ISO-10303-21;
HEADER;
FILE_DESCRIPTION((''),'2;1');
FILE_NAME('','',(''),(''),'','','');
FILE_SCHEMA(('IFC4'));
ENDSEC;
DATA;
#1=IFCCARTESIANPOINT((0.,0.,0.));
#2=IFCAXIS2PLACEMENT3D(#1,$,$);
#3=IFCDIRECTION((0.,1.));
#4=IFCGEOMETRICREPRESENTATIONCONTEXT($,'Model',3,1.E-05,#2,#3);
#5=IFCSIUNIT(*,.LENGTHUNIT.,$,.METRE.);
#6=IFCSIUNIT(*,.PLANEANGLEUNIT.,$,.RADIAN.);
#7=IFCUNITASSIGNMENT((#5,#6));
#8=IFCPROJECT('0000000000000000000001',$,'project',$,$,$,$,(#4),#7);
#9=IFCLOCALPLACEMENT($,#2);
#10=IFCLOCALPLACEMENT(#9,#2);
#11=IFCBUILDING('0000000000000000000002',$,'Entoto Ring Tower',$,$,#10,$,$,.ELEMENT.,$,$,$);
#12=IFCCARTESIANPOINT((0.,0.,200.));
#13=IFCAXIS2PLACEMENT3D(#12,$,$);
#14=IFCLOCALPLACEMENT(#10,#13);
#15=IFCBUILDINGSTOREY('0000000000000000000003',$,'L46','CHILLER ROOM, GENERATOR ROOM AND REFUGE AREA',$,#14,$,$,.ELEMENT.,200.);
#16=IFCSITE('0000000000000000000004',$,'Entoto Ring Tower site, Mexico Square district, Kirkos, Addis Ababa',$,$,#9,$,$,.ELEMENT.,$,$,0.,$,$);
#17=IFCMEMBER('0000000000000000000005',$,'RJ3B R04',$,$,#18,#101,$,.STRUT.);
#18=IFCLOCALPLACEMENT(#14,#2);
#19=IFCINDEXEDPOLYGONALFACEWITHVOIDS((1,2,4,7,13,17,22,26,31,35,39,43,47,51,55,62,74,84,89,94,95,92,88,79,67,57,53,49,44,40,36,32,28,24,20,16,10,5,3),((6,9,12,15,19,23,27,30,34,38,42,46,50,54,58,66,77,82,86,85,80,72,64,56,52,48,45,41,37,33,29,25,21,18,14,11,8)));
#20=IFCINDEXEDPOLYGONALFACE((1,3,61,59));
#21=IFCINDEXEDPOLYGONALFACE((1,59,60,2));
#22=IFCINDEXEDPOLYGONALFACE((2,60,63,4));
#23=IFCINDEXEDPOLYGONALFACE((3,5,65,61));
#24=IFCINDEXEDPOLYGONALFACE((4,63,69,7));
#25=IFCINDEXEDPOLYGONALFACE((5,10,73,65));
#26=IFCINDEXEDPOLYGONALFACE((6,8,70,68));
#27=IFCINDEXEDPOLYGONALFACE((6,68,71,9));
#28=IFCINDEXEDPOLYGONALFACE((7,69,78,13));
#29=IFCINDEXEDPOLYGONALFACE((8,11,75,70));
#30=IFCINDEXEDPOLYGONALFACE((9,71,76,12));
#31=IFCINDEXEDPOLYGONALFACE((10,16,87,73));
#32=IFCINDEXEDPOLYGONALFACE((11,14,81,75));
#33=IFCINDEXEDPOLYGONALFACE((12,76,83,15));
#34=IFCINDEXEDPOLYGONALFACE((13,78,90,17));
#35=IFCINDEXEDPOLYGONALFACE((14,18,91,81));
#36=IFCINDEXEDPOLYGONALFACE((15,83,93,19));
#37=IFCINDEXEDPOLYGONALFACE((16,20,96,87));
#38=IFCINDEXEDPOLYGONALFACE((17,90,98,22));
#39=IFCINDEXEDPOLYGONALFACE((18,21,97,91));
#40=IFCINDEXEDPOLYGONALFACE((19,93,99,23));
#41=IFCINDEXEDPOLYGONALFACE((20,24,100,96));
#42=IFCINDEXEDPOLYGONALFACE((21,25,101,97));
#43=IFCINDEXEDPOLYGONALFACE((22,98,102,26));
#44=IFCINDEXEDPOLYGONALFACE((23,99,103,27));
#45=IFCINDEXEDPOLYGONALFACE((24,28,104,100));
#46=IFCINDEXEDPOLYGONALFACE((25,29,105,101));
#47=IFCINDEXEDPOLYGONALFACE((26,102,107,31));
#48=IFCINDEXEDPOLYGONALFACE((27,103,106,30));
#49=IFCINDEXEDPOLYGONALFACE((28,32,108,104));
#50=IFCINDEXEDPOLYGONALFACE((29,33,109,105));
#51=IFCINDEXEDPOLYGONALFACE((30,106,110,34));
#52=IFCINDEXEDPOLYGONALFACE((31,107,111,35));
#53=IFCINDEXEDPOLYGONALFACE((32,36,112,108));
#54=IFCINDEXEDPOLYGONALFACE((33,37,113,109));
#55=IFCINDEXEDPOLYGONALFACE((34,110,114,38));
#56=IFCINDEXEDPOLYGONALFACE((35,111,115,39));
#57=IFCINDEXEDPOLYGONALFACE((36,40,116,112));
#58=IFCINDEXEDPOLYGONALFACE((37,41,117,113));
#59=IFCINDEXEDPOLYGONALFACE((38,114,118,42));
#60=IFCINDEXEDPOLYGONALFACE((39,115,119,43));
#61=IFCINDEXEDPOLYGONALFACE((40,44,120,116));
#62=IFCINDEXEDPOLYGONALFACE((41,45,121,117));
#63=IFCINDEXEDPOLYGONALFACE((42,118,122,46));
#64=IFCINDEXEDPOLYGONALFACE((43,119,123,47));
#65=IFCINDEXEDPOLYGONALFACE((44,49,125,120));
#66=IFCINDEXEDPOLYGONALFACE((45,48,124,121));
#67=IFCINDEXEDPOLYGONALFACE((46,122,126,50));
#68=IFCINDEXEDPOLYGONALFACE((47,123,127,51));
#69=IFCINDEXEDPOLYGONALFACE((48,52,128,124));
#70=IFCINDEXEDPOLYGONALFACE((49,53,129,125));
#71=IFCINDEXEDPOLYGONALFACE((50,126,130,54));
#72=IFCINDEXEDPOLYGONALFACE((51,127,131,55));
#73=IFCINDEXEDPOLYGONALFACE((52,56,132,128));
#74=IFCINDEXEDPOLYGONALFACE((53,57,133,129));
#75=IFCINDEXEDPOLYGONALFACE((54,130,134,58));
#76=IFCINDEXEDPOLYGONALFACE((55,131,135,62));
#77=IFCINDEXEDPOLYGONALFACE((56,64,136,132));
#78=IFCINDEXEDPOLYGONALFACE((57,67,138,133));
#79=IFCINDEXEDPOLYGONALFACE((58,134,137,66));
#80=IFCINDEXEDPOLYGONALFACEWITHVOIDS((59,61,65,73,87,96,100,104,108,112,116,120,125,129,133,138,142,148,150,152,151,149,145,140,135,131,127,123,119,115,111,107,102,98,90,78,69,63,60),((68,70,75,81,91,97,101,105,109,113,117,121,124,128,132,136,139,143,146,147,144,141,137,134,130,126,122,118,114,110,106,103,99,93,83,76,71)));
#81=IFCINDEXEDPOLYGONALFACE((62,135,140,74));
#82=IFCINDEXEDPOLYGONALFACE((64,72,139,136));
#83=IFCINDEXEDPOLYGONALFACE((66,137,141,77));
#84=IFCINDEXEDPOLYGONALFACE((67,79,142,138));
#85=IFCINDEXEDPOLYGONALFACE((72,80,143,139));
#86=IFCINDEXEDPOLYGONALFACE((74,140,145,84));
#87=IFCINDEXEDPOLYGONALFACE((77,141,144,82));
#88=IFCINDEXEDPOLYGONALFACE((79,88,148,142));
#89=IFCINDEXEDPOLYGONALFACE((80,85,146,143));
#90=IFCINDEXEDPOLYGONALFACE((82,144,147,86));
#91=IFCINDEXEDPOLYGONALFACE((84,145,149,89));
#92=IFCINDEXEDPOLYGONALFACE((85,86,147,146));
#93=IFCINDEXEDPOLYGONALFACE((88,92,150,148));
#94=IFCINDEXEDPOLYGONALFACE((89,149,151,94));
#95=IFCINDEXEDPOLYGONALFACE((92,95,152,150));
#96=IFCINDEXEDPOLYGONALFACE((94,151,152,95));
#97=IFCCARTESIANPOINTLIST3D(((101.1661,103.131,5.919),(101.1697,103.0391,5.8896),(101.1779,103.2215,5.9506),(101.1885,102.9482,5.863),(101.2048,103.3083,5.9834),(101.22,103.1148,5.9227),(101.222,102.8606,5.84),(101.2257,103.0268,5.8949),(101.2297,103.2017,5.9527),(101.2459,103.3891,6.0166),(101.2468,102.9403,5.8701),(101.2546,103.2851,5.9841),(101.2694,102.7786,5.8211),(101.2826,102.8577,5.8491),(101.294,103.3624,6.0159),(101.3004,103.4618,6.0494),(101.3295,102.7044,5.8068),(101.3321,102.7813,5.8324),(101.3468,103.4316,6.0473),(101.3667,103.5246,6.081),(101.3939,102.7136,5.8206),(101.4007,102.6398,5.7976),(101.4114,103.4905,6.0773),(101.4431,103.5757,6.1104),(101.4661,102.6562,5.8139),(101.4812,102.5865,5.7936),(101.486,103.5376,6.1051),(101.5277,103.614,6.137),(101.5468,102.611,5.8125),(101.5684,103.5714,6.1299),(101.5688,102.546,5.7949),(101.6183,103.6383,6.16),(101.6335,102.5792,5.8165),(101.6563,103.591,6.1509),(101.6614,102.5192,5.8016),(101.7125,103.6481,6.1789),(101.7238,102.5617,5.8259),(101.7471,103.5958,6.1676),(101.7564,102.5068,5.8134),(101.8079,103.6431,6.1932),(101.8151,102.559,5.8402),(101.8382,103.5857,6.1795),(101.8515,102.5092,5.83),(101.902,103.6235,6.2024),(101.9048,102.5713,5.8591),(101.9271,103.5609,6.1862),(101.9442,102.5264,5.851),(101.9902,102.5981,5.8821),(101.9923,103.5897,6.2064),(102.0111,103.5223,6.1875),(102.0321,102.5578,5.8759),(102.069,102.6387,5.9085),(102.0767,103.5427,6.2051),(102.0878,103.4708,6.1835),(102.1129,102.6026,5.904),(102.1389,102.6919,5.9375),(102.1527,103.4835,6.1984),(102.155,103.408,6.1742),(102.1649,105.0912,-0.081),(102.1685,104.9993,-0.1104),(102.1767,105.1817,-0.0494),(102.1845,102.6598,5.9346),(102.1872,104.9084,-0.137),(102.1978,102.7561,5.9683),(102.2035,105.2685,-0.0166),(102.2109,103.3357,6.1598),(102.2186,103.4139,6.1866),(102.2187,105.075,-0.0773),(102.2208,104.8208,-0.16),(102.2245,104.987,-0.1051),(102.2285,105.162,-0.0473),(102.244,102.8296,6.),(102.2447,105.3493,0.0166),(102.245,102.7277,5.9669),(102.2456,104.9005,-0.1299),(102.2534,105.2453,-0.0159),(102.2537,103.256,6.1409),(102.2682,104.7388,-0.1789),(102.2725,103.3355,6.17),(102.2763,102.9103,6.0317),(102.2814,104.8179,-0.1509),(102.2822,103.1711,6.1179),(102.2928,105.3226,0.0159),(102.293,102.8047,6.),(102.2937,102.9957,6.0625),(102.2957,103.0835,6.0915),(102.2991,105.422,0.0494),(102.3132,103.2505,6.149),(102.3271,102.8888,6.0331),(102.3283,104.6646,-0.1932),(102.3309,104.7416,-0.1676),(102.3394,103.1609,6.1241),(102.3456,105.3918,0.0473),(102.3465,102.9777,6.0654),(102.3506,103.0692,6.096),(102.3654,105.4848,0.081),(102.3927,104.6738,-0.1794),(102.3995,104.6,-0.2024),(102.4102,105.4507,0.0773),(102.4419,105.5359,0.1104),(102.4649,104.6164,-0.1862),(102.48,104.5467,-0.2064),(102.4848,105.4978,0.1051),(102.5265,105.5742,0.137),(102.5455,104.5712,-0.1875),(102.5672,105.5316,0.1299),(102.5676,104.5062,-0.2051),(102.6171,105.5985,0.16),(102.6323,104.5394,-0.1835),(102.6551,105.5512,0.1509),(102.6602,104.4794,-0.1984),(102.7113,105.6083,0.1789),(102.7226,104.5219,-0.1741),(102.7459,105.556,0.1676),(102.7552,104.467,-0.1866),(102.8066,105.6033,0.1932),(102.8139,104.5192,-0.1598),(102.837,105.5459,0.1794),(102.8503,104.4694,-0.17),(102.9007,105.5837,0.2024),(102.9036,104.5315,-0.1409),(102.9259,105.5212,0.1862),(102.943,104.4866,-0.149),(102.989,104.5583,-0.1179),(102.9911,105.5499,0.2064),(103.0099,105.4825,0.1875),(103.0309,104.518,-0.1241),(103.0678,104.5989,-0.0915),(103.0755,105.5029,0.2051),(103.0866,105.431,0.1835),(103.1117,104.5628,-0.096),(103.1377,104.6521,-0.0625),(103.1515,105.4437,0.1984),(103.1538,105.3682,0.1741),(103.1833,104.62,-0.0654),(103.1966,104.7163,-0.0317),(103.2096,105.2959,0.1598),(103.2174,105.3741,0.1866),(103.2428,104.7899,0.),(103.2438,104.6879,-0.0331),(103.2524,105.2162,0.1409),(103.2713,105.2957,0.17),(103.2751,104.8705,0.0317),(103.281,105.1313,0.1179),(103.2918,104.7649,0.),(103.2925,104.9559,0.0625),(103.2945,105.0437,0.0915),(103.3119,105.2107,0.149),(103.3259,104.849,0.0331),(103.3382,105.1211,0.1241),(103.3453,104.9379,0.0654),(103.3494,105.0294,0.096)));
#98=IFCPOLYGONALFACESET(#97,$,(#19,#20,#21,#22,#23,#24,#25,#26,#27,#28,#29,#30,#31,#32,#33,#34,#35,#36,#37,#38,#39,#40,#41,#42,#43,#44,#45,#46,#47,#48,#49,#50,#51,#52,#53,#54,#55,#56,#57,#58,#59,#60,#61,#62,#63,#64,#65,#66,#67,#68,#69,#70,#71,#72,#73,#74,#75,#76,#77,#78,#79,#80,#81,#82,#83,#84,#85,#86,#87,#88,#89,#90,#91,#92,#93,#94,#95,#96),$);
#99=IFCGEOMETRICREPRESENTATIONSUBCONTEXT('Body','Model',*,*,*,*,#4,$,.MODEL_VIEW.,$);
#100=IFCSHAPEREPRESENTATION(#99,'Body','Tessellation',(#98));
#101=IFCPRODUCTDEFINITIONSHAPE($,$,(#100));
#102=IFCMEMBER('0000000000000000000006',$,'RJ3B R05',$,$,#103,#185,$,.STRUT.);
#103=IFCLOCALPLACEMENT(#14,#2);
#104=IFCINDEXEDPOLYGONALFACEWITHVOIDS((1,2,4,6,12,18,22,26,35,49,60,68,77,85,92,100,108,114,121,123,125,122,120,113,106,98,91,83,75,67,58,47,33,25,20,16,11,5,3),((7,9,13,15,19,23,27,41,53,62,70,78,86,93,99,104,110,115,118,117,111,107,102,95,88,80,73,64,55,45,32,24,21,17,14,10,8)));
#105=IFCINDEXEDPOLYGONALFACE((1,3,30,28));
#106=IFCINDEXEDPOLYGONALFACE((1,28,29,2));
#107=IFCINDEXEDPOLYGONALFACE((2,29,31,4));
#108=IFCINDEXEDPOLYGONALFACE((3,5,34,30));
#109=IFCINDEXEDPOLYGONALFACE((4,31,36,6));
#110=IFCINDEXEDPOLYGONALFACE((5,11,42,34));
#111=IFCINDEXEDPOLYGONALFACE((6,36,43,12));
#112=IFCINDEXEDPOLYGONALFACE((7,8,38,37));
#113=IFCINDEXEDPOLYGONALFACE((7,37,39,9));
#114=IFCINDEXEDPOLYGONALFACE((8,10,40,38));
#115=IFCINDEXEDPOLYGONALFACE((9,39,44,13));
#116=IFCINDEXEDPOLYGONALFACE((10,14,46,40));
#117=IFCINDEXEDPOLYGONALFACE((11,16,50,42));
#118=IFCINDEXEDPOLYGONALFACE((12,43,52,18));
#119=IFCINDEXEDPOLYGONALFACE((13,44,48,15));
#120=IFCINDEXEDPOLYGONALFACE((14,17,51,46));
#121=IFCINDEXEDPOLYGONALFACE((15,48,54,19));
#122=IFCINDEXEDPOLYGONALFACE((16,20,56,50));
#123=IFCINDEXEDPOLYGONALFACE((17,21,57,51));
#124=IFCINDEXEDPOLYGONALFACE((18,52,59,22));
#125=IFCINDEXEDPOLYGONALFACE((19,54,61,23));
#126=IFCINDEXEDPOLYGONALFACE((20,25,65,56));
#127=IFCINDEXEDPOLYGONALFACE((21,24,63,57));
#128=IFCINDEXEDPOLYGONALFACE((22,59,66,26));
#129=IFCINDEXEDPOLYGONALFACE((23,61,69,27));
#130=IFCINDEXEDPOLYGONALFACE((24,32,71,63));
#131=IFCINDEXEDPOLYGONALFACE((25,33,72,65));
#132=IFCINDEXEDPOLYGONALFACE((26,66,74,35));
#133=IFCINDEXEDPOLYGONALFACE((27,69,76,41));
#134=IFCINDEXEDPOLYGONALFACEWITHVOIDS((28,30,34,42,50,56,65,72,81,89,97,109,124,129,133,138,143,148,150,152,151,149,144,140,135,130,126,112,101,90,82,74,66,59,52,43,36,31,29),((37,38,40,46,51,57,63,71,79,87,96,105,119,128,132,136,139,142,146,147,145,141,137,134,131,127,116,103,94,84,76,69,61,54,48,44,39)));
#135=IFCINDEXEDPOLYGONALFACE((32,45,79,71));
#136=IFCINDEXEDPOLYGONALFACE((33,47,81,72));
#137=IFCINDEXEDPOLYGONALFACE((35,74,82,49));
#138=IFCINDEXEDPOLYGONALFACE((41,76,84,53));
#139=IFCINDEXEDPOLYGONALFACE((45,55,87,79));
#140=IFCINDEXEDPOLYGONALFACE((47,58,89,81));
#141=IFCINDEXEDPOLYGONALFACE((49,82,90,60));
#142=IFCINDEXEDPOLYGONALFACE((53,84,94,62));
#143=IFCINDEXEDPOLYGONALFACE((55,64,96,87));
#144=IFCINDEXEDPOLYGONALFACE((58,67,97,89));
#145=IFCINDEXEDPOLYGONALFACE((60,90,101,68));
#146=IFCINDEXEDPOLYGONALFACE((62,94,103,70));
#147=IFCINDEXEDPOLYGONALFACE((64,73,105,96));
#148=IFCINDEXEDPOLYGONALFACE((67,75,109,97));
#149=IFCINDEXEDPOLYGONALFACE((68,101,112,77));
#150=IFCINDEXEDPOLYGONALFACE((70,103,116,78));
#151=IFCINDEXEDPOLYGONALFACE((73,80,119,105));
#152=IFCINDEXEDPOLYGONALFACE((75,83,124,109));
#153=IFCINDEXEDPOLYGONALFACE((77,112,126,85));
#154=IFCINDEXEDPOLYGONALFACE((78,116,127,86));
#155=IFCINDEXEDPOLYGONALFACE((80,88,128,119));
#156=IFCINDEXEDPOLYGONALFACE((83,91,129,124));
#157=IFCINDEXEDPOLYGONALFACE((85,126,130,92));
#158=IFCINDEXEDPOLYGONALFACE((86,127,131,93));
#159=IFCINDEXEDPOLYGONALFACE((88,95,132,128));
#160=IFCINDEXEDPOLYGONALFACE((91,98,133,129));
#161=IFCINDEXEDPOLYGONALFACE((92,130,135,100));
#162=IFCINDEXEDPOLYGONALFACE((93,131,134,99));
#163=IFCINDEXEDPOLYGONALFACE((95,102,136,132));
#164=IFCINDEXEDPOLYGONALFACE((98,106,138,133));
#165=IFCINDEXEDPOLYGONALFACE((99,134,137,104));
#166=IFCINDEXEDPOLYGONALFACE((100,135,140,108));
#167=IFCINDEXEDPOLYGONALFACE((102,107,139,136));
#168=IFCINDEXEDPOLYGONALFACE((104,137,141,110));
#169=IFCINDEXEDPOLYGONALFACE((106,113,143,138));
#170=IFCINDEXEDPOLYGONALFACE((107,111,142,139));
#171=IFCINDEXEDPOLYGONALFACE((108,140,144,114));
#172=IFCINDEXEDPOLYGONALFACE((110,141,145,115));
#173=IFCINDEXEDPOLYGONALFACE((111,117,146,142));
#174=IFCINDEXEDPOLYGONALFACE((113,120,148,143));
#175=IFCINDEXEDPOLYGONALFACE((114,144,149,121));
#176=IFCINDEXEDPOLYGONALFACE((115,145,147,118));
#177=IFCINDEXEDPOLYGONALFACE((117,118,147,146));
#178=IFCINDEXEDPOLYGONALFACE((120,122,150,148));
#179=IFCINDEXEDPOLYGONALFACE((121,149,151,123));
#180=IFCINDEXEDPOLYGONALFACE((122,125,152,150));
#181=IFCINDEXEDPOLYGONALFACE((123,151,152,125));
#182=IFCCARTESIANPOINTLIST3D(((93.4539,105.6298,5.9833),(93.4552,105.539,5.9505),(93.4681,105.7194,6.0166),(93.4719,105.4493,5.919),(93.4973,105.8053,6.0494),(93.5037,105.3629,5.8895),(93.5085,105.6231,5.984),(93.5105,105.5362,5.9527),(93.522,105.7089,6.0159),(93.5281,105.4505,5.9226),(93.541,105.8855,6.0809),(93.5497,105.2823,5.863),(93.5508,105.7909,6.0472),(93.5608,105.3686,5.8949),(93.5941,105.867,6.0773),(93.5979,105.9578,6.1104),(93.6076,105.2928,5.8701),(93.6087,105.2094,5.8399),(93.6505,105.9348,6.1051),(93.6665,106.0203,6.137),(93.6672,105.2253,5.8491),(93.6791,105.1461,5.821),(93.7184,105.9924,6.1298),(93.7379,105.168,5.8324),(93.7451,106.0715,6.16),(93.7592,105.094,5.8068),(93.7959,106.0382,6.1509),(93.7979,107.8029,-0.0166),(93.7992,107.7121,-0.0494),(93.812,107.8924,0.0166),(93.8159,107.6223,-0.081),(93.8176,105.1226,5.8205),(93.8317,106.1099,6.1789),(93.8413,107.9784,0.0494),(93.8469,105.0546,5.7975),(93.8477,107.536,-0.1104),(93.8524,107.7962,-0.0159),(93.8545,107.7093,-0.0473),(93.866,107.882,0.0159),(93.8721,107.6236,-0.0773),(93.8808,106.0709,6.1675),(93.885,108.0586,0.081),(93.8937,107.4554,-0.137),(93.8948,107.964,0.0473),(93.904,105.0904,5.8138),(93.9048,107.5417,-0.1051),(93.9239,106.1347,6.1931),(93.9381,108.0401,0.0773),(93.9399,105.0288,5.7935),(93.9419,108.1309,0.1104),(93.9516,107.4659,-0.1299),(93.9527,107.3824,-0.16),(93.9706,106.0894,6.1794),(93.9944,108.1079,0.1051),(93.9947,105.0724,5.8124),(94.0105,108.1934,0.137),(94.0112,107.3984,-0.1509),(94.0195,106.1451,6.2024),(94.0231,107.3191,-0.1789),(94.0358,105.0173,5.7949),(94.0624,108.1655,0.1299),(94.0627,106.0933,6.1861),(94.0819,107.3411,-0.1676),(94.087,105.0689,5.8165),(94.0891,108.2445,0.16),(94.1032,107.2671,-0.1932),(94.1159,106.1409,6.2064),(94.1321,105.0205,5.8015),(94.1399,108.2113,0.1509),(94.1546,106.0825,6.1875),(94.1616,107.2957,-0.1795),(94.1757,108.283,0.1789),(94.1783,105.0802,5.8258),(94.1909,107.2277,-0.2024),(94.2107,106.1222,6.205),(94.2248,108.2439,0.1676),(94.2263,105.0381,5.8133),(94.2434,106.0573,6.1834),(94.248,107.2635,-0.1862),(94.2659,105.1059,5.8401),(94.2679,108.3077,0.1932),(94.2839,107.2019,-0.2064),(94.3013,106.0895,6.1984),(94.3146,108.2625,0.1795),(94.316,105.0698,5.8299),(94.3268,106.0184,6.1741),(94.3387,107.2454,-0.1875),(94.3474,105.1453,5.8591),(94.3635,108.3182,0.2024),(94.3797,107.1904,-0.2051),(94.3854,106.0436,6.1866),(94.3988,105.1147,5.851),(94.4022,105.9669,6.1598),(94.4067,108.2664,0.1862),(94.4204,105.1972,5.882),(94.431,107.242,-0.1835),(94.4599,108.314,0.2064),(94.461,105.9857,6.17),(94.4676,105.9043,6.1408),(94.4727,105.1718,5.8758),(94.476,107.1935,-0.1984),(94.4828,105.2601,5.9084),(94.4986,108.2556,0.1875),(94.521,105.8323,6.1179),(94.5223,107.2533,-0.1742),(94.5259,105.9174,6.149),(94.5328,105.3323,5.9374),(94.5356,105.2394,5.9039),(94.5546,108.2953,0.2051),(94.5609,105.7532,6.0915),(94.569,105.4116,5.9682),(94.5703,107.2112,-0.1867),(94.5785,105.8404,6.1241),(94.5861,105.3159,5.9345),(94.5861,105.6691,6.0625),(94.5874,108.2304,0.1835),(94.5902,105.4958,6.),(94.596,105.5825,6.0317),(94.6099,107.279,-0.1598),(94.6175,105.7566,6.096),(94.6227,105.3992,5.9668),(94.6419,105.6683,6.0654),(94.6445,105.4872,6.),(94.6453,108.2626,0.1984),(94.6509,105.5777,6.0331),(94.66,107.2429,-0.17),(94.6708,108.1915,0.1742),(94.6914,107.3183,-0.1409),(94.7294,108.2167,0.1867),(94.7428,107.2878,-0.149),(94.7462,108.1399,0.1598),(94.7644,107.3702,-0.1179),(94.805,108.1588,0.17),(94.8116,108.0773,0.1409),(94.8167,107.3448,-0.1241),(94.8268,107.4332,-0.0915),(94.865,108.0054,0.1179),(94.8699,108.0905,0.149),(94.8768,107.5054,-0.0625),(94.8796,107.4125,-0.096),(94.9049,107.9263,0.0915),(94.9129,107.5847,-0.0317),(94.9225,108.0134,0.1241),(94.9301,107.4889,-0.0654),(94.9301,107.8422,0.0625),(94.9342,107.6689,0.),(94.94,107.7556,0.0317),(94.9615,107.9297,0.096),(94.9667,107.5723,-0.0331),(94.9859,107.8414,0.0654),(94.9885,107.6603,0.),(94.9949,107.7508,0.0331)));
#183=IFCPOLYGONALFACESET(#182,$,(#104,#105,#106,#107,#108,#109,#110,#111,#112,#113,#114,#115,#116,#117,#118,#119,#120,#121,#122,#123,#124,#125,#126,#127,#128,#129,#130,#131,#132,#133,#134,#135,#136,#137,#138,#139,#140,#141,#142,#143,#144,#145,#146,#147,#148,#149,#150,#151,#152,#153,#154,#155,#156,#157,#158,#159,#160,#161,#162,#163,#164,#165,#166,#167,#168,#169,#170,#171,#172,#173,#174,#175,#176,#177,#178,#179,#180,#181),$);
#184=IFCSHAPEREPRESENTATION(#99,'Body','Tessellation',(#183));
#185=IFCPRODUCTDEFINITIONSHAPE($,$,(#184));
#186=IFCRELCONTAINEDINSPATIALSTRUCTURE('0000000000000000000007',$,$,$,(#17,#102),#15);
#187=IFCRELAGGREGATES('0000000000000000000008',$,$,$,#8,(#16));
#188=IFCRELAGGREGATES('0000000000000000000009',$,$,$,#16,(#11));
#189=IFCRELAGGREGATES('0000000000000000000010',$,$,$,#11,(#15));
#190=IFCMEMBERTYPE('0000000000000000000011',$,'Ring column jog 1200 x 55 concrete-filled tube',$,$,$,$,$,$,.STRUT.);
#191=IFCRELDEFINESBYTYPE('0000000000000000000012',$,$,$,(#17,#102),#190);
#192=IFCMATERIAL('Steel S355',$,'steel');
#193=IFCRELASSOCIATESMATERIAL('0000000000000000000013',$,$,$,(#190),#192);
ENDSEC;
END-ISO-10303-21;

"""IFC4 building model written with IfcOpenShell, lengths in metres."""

from ifc_helpers import new_model, si_unit, direction, frame, origin, origin_2d, place, context, subcontext, project, spatial, circle, hollow_circle, extrude, material, material_profile, profile_set, type_object, element, save


model = new_model("IFC4")

# Units and contexts
model_context = context("Model", 3, precision=1e-05, world=origin(), true_north=direction((0.0, 1.0)))
body_context = subcontext(model_context, "Body", "Model", "MODEL_VIEW")
ifc_project = project(units=[si_unit("LENGTHUNIT", "METRE"), si_unit("PLANEANGLEUNIT", "RADIAN")], contexts=[model_context])

# Site, building, storey
site_placement = place(None, origin())
site = spatial("IfcSite", under=ifc_project, at=site_placement, Name="Entoto Ring Tower site, Mexico Square district, Kirkos, Addis Ababa", CompositionType="ELEMENT", RefElevation=0.0)
building_placement = place(site_placement, origin())
building = spatial("IfcBuilding", under=site, at=building_placement, Name="Entoto Ring Tower", CompositionType="ELEMENT")
storey_placement = place(building_placement, frame((0.0, 0.0, 200.0)))
storey = spatial("IfcBuildingStorey", under=building, at=storey_placement, Name="L46", Description="CHILLER ROOM, GENERATOR ROOM AND REFUGE AREA", CompositionType="ELEMENT", Elevation=200.0)

# Members
ifc_material_1 = material(Name="Steel S355", Category="steel")
ifc_material_profile_1 = material_profile(ifc_material_1, hollow_circle(Radius=0.6001, WallThickness=0.0549, at=origin_2d()), Name="CHS 1200 x 55")
ifc_material_2 = material(Name="Concrete C60/75", Category="concrete")
ifc_material_profile_2 = material_profile(ifc_material_2, circle(Radius=0.5449, at=origin_2d()), Name="Concrete C60/75 infill")
ifc_profile_set_1 = profile_set([ifc_material_profile_1, ifc_material_profile_2], Name="Steel S355")
member_type_1 = type_object("IfcMemberType", Name="Ring column jog 1200 x 55 concrete-filled tube", PredefinedType="STRUT", material=ifc_profile_set_1)
for number, where, z_axis, x_axis, name in (
    (1, (102.7571, 105.0374, 0.0), (-0.156288, -0.306732, 0.938877), (0.891006, -0.453992, 0.0), "RJ3B R04"),
    (2, (94.3958, 107.7542, 0.0), (-0.053828, -0.340042, 0.938869), (0.987702, -0.15635, 0.0), "RJ3B R05"),
):
    element("IfcMember", number, at=place(storey_placement, frame(where, z_axis=z_axis, x_axis=x_axis)), inside=storey, type_object=member_type_1, Name=name, PredefinedType="STRUT", context=body_context, shape_type="SweptSolid", body=[
        extrude(hollow_circle(Radius=0.6001, WallThickness=0.0549, at=origin_2d()), origin(), (0.0, 0.0, 1.0), 6.3906),
    ])

save(model, "model.ifc")
